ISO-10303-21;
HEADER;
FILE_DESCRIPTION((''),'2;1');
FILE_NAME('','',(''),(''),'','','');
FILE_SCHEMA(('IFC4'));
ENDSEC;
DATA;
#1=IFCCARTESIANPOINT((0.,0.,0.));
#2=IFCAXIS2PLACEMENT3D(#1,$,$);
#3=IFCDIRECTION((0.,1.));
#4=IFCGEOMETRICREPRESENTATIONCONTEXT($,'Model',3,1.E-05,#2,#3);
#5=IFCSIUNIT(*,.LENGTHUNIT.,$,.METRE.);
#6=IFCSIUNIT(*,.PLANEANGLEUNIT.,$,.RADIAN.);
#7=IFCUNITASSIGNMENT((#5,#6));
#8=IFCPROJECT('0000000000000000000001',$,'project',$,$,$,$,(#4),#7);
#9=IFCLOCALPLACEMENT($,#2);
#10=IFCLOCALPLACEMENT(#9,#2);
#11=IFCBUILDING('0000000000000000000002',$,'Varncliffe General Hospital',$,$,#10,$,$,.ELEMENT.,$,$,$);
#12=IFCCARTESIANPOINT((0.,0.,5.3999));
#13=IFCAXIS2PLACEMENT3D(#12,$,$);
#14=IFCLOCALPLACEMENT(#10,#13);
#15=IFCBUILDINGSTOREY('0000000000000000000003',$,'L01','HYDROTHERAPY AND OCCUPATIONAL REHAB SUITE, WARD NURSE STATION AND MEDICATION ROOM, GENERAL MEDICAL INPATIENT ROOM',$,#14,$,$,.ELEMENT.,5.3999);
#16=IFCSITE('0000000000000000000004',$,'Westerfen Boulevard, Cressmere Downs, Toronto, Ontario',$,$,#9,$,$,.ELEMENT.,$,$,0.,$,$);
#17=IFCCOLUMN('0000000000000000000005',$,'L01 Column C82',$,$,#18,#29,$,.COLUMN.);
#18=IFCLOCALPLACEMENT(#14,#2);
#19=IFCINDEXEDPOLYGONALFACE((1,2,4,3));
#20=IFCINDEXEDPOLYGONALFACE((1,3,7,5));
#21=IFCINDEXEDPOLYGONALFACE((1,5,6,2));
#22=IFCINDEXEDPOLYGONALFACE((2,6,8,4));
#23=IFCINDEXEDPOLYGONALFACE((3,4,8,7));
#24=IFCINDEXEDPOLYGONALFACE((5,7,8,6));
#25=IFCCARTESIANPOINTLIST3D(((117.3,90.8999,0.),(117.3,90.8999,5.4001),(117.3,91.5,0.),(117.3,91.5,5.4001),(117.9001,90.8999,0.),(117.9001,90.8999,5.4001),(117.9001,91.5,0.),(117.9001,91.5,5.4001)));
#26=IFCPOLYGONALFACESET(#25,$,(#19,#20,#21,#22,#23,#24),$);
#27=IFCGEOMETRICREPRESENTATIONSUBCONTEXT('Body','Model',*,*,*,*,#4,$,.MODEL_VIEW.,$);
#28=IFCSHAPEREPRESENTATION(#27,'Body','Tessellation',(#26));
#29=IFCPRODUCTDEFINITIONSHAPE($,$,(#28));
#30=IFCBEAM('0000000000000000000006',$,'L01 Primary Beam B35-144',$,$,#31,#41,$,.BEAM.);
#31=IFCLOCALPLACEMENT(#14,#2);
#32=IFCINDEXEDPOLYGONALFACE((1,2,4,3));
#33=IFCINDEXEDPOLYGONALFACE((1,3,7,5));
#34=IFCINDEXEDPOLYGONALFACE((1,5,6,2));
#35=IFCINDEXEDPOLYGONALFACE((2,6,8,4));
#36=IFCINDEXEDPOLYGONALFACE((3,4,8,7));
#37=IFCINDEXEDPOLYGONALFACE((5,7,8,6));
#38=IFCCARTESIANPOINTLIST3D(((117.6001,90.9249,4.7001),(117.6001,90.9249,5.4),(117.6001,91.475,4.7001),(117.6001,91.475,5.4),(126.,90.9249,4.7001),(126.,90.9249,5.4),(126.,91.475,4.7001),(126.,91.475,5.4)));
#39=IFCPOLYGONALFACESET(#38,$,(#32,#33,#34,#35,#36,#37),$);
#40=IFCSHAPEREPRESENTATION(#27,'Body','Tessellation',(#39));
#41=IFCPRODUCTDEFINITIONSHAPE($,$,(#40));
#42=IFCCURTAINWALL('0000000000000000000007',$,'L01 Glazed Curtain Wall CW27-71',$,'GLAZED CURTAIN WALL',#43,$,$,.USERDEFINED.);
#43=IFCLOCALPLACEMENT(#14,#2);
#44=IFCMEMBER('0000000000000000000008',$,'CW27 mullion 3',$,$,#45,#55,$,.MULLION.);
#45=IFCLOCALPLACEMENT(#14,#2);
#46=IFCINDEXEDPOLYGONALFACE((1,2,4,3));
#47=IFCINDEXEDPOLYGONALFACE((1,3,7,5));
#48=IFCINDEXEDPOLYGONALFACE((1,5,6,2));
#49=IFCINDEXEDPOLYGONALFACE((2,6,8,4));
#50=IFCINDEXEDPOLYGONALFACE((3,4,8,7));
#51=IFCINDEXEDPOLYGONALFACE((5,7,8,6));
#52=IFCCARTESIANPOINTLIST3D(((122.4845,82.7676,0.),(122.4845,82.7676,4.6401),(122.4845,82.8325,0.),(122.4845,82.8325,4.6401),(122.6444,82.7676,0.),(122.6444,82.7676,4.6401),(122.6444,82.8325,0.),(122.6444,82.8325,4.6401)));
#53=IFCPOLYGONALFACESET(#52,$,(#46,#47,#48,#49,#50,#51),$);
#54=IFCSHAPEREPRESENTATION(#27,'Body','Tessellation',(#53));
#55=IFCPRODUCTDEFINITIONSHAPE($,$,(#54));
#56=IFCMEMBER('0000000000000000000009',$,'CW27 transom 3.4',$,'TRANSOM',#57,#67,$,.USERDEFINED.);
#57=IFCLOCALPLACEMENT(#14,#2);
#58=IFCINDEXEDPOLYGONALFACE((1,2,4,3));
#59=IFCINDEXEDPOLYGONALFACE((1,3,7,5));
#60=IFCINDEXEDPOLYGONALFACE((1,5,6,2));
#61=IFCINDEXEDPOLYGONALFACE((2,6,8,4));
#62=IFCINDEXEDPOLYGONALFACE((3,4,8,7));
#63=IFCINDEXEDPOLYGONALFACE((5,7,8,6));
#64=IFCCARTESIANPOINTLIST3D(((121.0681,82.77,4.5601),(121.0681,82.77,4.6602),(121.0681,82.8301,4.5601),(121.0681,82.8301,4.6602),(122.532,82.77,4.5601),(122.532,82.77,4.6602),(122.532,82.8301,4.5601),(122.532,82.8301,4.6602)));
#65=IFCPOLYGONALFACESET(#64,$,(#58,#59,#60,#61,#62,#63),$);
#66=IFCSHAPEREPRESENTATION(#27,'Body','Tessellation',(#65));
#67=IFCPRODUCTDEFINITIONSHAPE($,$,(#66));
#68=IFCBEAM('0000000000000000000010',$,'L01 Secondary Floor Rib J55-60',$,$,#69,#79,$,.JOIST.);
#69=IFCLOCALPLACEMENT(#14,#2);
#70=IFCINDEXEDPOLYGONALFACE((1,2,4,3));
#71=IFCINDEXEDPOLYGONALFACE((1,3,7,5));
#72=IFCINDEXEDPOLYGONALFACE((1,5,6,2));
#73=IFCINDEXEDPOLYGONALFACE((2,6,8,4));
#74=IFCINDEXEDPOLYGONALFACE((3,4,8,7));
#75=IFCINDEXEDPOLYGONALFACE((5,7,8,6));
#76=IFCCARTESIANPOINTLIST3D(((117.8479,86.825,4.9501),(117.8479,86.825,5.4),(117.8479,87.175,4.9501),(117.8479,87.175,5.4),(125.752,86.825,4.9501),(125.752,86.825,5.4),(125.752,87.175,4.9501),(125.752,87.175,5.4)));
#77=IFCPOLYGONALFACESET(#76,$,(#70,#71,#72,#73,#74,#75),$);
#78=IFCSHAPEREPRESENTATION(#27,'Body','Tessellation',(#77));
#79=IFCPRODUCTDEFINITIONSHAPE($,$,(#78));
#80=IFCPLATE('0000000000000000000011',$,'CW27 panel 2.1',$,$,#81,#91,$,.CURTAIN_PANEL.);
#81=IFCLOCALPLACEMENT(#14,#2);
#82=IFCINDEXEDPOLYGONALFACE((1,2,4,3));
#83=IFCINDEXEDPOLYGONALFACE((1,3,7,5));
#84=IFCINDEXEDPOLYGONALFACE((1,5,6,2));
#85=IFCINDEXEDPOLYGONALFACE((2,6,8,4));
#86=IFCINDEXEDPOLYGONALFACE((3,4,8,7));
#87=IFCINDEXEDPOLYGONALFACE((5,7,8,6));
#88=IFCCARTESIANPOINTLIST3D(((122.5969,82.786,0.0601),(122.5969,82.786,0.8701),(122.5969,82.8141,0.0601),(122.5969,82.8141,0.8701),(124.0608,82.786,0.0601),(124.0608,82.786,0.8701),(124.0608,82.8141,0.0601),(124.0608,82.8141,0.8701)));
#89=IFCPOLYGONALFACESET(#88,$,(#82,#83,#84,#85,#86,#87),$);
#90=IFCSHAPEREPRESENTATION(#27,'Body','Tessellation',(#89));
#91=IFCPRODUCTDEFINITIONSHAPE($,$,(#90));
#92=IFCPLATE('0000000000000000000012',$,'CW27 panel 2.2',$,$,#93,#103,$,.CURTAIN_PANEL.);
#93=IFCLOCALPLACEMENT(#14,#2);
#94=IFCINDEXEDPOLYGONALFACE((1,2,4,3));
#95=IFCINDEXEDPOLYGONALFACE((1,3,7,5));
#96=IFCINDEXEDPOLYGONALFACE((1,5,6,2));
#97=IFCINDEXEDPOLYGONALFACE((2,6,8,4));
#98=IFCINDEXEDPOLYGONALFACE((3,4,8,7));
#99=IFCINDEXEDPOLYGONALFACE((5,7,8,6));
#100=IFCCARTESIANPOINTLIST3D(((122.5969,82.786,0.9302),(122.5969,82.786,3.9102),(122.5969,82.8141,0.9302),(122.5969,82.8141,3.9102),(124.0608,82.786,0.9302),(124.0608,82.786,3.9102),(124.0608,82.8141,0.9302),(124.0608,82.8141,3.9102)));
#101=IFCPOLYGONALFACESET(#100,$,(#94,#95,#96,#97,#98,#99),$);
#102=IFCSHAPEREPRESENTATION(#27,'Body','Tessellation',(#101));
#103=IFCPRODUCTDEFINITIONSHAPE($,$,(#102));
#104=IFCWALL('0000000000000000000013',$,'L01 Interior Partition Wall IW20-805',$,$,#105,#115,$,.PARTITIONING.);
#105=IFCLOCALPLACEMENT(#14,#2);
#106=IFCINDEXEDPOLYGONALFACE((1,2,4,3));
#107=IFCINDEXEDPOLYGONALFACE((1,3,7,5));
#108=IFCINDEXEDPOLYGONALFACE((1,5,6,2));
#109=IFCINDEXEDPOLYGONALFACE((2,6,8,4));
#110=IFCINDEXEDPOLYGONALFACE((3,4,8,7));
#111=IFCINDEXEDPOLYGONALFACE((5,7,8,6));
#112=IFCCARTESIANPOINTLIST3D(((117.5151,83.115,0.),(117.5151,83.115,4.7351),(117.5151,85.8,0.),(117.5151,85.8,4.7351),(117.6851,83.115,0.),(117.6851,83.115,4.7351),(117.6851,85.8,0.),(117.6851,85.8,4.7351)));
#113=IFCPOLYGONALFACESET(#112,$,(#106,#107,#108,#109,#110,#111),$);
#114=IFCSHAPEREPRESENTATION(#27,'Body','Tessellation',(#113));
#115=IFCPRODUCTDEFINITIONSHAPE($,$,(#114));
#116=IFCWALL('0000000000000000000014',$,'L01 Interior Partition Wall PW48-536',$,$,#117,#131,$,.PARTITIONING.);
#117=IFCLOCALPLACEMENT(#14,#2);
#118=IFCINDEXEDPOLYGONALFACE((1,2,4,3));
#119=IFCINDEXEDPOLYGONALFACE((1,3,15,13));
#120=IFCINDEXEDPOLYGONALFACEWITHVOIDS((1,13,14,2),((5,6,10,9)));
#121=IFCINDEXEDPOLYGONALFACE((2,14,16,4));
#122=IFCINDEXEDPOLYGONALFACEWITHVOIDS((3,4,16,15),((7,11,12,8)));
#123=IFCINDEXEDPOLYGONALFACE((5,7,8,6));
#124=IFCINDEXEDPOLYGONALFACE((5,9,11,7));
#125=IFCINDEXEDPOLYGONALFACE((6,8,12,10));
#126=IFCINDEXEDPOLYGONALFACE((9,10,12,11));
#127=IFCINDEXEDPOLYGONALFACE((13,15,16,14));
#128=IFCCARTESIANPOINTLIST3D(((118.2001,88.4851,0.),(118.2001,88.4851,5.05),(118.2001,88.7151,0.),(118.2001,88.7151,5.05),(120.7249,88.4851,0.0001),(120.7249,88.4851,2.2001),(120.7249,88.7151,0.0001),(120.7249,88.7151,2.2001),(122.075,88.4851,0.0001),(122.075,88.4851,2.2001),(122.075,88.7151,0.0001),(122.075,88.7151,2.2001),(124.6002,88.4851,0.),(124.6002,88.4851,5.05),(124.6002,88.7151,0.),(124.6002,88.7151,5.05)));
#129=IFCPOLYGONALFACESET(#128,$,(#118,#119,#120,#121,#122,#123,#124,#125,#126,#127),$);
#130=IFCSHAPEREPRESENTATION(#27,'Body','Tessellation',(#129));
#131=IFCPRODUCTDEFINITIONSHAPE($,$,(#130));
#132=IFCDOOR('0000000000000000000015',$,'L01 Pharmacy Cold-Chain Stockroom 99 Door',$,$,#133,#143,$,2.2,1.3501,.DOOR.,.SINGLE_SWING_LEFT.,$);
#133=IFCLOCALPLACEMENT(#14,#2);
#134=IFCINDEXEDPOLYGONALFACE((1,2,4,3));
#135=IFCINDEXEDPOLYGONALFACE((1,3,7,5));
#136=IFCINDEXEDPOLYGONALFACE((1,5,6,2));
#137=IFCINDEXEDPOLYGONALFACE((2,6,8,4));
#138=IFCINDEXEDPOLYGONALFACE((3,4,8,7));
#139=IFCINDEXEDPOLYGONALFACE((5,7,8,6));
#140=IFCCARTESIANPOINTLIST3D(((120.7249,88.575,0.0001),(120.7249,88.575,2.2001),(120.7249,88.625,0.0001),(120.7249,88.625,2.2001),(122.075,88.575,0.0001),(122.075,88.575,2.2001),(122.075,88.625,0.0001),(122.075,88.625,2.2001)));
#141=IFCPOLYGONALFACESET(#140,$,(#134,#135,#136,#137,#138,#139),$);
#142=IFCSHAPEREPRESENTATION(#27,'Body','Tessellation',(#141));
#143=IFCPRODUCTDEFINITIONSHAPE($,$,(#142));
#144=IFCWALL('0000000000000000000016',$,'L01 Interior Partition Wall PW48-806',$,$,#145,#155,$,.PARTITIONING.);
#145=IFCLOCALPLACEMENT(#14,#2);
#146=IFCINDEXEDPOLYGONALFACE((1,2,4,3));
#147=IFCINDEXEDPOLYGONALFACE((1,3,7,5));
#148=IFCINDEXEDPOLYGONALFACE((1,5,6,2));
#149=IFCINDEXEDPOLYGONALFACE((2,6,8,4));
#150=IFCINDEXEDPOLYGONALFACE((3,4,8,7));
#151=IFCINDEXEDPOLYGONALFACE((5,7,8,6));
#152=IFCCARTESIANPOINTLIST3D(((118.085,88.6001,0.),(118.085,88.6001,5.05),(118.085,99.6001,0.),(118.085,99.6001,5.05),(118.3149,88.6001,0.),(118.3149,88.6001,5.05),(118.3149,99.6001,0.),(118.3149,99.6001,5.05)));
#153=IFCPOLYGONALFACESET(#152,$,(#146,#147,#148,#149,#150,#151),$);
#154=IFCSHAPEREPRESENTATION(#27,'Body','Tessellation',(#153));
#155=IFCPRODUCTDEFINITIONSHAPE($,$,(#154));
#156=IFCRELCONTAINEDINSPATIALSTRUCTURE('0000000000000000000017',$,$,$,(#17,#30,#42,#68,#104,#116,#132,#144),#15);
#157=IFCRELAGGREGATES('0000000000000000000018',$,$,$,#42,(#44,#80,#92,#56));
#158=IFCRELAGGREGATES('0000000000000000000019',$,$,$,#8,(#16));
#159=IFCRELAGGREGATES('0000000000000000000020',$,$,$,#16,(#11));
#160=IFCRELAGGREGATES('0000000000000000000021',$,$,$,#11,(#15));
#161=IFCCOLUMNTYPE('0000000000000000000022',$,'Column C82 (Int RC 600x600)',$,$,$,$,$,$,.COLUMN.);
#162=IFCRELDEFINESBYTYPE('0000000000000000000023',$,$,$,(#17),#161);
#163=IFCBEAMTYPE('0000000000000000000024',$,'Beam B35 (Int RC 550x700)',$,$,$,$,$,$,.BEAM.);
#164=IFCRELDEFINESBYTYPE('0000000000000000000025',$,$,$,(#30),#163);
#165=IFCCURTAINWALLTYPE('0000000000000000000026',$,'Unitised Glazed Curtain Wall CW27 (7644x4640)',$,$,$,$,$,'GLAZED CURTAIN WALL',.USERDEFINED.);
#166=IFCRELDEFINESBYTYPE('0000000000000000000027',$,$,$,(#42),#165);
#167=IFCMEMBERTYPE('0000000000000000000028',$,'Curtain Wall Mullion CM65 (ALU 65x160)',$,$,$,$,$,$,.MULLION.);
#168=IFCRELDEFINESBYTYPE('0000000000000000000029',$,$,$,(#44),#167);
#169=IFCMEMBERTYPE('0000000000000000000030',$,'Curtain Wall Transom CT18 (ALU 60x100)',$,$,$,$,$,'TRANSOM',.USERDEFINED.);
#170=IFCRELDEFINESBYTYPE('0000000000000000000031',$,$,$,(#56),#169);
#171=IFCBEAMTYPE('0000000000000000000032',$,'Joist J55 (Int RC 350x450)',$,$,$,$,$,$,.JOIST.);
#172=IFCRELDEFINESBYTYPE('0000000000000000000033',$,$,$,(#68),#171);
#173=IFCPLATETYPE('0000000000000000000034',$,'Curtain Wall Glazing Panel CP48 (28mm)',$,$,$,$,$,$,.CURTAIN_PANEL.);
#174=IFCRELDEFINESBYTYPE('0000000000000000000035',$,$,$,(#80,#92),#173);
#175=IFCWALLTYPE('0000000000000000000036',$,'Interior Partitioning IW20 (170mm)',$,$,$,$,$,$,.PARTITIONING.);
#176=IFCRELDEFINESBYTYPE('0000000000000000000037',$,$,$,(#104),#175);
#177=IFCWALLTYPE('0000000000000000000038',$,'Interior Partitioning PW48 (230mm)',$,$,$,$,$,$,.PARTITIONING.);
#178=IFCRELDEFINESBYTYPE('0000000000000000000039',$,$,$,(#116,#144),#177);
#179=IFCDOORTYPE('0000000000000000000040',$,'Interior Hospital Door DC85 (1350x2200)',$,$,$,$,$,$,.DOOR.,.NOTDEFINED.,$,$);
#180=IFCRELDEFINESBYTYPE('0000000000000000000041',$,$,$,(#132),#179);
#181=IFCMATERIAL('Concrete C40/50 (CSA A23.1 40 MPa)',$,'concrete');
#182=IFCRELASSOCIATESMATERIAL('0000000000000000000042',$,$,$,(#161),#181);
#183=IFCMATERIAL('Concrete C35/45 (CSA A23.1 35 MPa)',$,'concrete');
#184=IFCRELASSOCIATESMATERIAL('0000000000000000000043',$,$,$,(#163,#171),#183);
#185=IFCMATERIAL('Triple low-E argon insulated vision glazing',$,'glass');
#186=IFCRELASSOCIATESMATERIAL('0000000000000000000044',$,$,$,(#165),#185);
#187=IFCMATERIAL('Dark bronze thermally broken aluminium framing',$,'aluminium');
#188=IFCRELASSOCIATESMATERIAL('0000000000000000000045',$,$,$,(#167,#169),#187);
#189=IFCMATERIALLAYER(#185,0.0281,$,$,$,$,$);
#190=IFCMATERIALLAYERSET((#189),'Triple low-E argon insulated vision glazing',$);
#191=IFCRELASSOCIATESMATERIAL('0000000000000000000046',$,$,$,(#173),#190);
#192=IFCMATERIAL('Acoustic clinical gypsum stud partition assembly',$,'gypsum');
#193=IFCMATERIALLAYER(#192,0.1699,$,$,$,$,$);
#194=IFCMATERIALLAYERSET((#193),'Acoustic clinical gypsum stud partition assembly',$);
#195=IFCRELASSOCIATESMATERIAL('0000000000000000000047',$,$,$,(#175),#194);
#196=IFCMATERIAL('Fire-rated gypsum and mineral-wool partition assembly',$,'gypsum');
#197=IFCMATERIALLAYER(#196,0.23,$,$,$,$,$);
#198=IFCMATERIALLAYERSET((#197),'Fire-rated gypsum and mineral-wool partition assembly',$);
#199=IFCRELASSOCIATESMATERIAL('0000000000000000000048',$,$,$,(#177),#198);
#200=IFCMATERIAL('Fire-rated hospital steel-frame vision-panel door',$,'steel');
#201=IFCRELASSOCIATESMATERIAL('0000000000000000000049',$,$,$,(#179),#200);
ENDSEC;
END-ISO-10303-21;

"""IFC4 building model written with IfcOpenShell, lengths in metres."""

from ifc_helpers import new_model, si_unit, direction, frame, frame_2d, origin, origin_2d, place, context, subcontext, project, spatial, rectangle, extrude, material, layer, layer_set, material_profile, profile_set, type_object, element, fill, aggregate, save


model = new_model("IFC4")

# Units and contexts
model_context = context("Model", 3, precision=1e-05, world=origin(), true_north=direction((0.0, 1.0)))
body_context = subcontext(model_context, "Body", "Model", "MODEL_VIEW")
ifc_project = project(units=[si_unit("LENGTHUNIT", "METRE"), si_unit("PLANEANGLEUNIT", "RADIAN")], contexts=[model_context])

# Site, building, storey
site_placement = place(None, origin())
site = spatial("IfcSite", under=ifc_project, at=site_placement, Name="Westerfen Boulevard, Cressmere Downs, Toronto, Ontario", CompositionType="ELEMENT", RefElevation=0.0)
building_placement = place(site_placement, origin())
building = spatial("IfcBuilding", under=site, at=building_placement, Name="Varncliffe General Hospital", CompositionType="ELEMENT")
storey_placement = place(building_placement, frame((0.0, 0.0, 5.3999)))
storey = spatial("IfcBuildingStorey", under=building, at=storey_placement, Name="L01", Description="HYDROTHERAPY AND OCCUPATIONAL REHAB SUITE, WARD NURSE STATION AND MEDICATION ROOM, GENERAL MEDICAL INPATIENT ROOM", CompositionType="ELEMENT", Elevation=5.3999)

# Column
ifc_material_1 = material(Name="Concrete C40/50 (CSA A23.1 40 MPa)", Category="concrete")
ifc_material_profile_1 = material_profile(ifc_material_1, rectangle(XDim=0.6001, YDim=0.6001, at=origin_2d()), Name="RC 600x600")
ifc_profile_set_1 = profile_set([ifc_material_profile_1], Name="Concrete C40/50 (CSA A23.1 40 MPa)")
column_type = type_object("IfcColumnType", Name="Column C82 (Int RC 600x600)", PredefinedType="COLUMN", material=ifc_profile_set_1)
column_placement = place(storey_placement, frame((117.6001, 91.2, 0.0), z_axis=(0.0, 0.0, 1.0), x_axis=(1.0, 0.0, 0.0)))
element("IfcColumn", 1, at=column_placement, inside=storey, type_object=column_type, Name="L01 Column C82", PredefinedType="COLUMN", context=body_context, shape_type="SweptSolid", body=[
    extrude(rectangle(XDim=0.6001, YDim=0.6001, at=origin_2d()), origin(), (0.0, 0.0, 1.0), 5.4001),
])

# Beam
ifc_material_2 = material(Name="Concrete C35/45 (CSA A23.1 35 MPa)", Category="concrete")
ifc_material_profile_2 = material_profile(ifc_material_2, rectangle(XDim=0.55, YDim=0.7, at=origin_2d()), Name="RC 550x700")
ifc_profile_set_2 = profile_set([ifc_material_profile_2], Name="Concrete C35/45 (CSA A23.1 35 MPa)")
beam_type_1 = type_object("IfcBeamType", Name="Beam B35 (Int RC 550x700)", PredefinedType="BEAM", material=ifc_profile_set_2)
beam_1_placement = place(storey_placement, frame((117.6001, 91.2, 5.05), z_axis=(1.0, 0.0, 0.0), x_axis=(0.0, 1.0, 0.0)))
element("IfcBeam", 2, at=beam_1_placement, inside=storey, type_object=beam_type_1, Name="L01 Primary Beam B35-144", PredefinedType="BEAM", context=body_context, shape_type="SweptSolid", body=[
    extrude(rectangle(XDim=0.55, YDim=0.7, at=origin_2d()), origin(), (0.0, 0.0, 1.0), 8.3999),
])

# Curtain wall, members
ifc_material_3 = material(Name="Triple low-E argon insulated vision glazing", Category="glass")
curtain_wall_type = type_object("IfcCurtainWallType", Name="Unitised Glazed Curtain Wall CW27 (7644x4640)", ElementType="GLAZED CURTAIN WALL", PredefinedType="USERDEFINED", material=ifc_material_3)
curtain_wall_placement = place(storey_placement, origin())
curtain_wall = element("IfcCurtainWall", 3, at=curtain_wall_placement, inside=storey, type_object=curtain_wall_type, Name="L01 Glazed Curtain Wall CW27-71", ObjectType="GLAZED CURTAIN WALL", PredefinedType="USERDEFINED")
ifc_material_4 = material(Name="Dark bronze thermally broken aluminium framing", Category="aluminium")
ifc_material_profile_3 = material_profile(ifc_material_4, rectangle(XDim=0.0649, YDim=0.1599, at=origin_2d()), Name="ALU 65x160")
ifc_profile_set_3 = profile_set([ifc_material_profile_3], Name="Dark bronze thermally broken aluminium framing")
member_type_1 = type_object("IfcMemberType", Name="Curtain Wall Mullion CM65 (ALU 65x160)", PredefinedType="MULLION", material=ifc_profile_set_3)
member_1_placement = place(storey_placement, frame((122.5645, 82.8, 0.0), z_axis=(0.0, 0.0, 1.0), x_axis=(0.0, -1.0, 0.0)))
member_1 = element("IfcMember", 4, at=member_1_placement, type_object=member_type_1, Name="CW27 mullion 3", PredefinedType="MULLION", context=body_context, shape_type="SweptSolid", body=[
    extrude(rectangle(XDim=0.0649, YDim=0.1599, at=origin_2d()), origin(), (0.0, 0.0, 1.0), 4.6401),
])
ifc_material_profile_4 = material_profile(ifc_material_4, rectangle(XDim=0.0601, YDim=0.1001, at=origin_2d()), Name="ALU 60x100")
ifc_profile_set_4 = profile_set([ifc_material_profile_4], Name="Dark bronze thermally broken aluminium framing")
member_type_2 = type_object("IfcMemberType", Name="Curtain Wall Transom CT18 (ALU 60x100)", ElementType="TRANSOM", PredefinedType="USERDEFINED", material=ifc_profile_set_4)
member_2_placement = place(storey_placement, frame((122.532, 82.8, 4.6101), z_axis=(-1.0, 0.0, 0.0), x_axis=(0.0, -1.0, 0.0)))
member_2 = element("IfcMember", 5, at=member_2_placement, type_object=member_type_2, Name="CW27 transom 3.4", ObjectType="TRANSOM", PredefinedType="USERDEFINED", context=body_context, shape_type="SweptSolid", body=[
    extrude(rectangle(XDim=0.0601, YDim=0.1001, at=origin_2d()), origin(), (0.0, 0.0, 1.0), 1.4639),
])

# Beam
ifc_material_profile_5 = material_profile(ifc_material_2, rectangle(XDim=0.3501, YDim=0.45, at=origin_2d()), Name="RC 350x450")
ifc_profile_set_5 = profile_set([ifc_material_profile_5], Name="Concrete C35/45 (CSA A23.1 35 MPa)")
beam_type_2 = type_object("IfcBeamType", Name="Joist J55 (Int RC 350x450)", PredefinedType="JOIST", material=ifc_profile_set_5)
beam_2_placement = place(storey_placement, frame((117.8479, 87.0, 5.175), z_axis=(1.0, 0.0, 0.0), x_axis=(0.0, 1.0, 0.0)))
element("IfcBeam", 6, at=beam_2_placement, inside=storey, type_object=beam_type_2, Name="L01 Secondary Floor Rib J55-60", PredefinedType="JOIST", context=body_context, shape_type="SweptSolid", body=[
    extrude(rectangle(XDim=0.3501, YDim=0.45, at=origin_2d()), origin(), (0.0, 0.0, 1.0), 7.9041),
])

# Plates
ifc_layer_1 = layer(ifc_material_3, 0.0281)
ifc_layer_set_1 = layer_set([ifc_layer_1], Name="Triple low-E argon insulated vision glazing")
plate_type = type_object("IfcPlateType", Name="Curtain Wall Glazing Panel CP48 (28mm)", PredefinedType="CURTAIN_PANEL", material=ifc_layer_set_1)
plate_1_placement = place(storey_placement, frame((123.3289, 82.8, 0.0601), z_axis=(0.0, 0.0, 1.0), x_axis=(-1.0, 0.0, 0.0)))
plate_1 = element("IfcPlate", 7, at=plate_1_placement, type_object=plate_type, Name="CW27 panel 2.1", PredefinedType="CURTAIN_PANEL", context=body_context, shape_type="SweptSolid", body=[
    extrude(rectangle(XDim=1.4639, YDim=0.0281, at=origin_2d()), origin(), (0.0, 0.0, 1.0), 0.8101),
])
plate_2_placement = place(storey_placement, frame((123.3289, 82.8, 0.9302), z_axis=(0.0, 0.0, 1.0), x_axis=(-1.0, 0.0, 0.0)))
plate_2 = element("IfcPlate", 8, at=plate_2_placement, type_object=plate_type, Name="CW27 panel 2.2", PredefinedType="CURTAIN_PANEL", context=body_context, shape_type="SweptSolid", body=[
    extrude(rectangle(XDim=1.4639, YDim=0.0281, at=origin_2d()), origin(), (0.0, 0.0, 1.0), 2.98),
])
aggregate(curtain_wall, [member_1, plate_1, plate_2, member_2])

# Wall
ifc_material_5 = material(Name="Acoustic clinical gypsum stud partition assembly", Category="gypsum")
ifc_layer_2 = layer(ifc_material_5, 0.1699)
ifc_layer_set_2 = layer_set([ifc_layer_2], Name="Acoustic clinical gypsum stud partition assembly")
wall_type_1 = type_object("IfcWallType", Name="Interior Partitioning IW20 (170mm)", PredefinedType="PARTITIONING", material=ifc_layer_set_2)
wall_1_placement = place(storey_placement, frame((117.6001, 83.115, 0.0), z_axis=(0.0, 0.0, 1.0), x_axis=(0.0, 1.0, 0.0)))
element("IfcWall", 9, at=wall_1_placement, inside=storey, type_object=wall_type_1, Name="L01 Interior Partition Wall IW20-805", PredefinedType="PARTITIONING", context=body_context, shape_type="SweptSolid", body=[
    extrude(rectangle(XDim=2.6851, YDim=0.1699, at=frame_2d((1.3425, 0.0))), origin(), (0.0, 0.0, 1.0), 4.7351),
])

# Wall, opening, door
ifc_material_6 = material(Name="Fire-rated gypsum and mineral-wool partition assembly", Category="gypsum")
ifc_layer_3 = layer(ifc_material_6, 0.23)
ifc_layer_set_3 = layer_set([ifc_layer_3], Name="Fire-rated gypsum and mineral-wool partition assembly")
wall_type_2 = type_object("IfcWallType", Name="Interior Partitioning PW48 (230mm)", PredefinedType="PARTITIONING", material=ifc_layer_set_3)
wall_2_placement = place(storey_placement, frame((118.2, 88.6001, 0.0), z_axis=(0.0, 0.0, 1.0), x_axis=(1.0, 0.0, 0.0)))
wall_2 = element("IfcWall", 10, at=wall_2_placement, inside=storey, type_object=wall_type_2, Name="L01 Interior Partition Wall PW48-536", PredefinedType="PARTITIONING", context=body_context, shape_type="SweptSolid", body=[
    extrude(rectangle(XDim=6.4001, YDim=0.23, at=frame_2d((3.2002, 0.0))), origin(), (0.0, 0.0, 1.0), 5.05),
])
opening_1_placement = place(wall_2_placement, frame((2.5249, 0.0, 0.0)))
opening_1 = element("IfcOpeningElement", 11, at=opening_1_placement, cuts=wall_2, PredefinedType="OPENING", context=body_context, shape_type="SweptSolid", body=[
    extrude(rectangle(XDim=1.3501, YDim=2.2, at=frame_2d((0.675, 1.1001))), frame((0.0, 0.125, 0.0), z_axis=(0.0, -1.0, 0.0), x_axis=(1.0, 0.0, 0.0)), (0.0, 0.0, 1.0), 0.25),
])
ifc_material_7 = material(Name="Fire-rated hospital steel-frame vision-panel door", Category="steel")
door_type_1 = type_object("IfcDoorType", Name="Interior Hospital Door DC85 (1350x2200)", OperationType="NOTDEFINED", PredefinedType="DOOR", material=ifc_material_7)
door_1_placement = place(opening_1_placement, origin())
door_1 = element("IfcDoor", 12, at=door_1_placement, inside=storey, type_object=door_type_1, Name="L01 Pharmacy Cold-Chain Stockroom 99 Door", OperationType="SINGLE_SWING_LEFT", OverallHeight=2.2, OverallWidth=1.3501, PredefinedType="DOOR", context=body_context, shape_type="SweptSolid", body=[
    extrude(rectangle(XDim=1.3501, YDim=2.2, at=frame_2d((0.675, 1.1001))), frame((0.0, 0.0249, 0.0), z_axis=(0.0, -1.0, 0.0), x_axis=(1.0, 0.0, 0.0)), (0.0, 0.0, 1.0), 0.05),
])
fill(opening_1, door_1)

# Wall
wall_3_placement = place(storey_placement, frame((118.2, 88.6001, 0.0), z_axis=(0.0, 0.0, 1.0), x_axis=(0.0, 1.0, 0.0)))
element("IfcWall", 13, at=wall_3_placement, inside=storey, type_object=wall_type_2, Name="L01 Interior Partition Wall PW48-806", PredefinedType="PARTITIONING", context=body_context, shape_type="SweptSolid", body=[
    extrude(rectangle(XDim=11.0, YDim=0.23, at=frame_2d((5.5, 0.0))), origin(), (0.0, 0.0, 1.0), 5.05),
])

save(model, "model.ifc")
